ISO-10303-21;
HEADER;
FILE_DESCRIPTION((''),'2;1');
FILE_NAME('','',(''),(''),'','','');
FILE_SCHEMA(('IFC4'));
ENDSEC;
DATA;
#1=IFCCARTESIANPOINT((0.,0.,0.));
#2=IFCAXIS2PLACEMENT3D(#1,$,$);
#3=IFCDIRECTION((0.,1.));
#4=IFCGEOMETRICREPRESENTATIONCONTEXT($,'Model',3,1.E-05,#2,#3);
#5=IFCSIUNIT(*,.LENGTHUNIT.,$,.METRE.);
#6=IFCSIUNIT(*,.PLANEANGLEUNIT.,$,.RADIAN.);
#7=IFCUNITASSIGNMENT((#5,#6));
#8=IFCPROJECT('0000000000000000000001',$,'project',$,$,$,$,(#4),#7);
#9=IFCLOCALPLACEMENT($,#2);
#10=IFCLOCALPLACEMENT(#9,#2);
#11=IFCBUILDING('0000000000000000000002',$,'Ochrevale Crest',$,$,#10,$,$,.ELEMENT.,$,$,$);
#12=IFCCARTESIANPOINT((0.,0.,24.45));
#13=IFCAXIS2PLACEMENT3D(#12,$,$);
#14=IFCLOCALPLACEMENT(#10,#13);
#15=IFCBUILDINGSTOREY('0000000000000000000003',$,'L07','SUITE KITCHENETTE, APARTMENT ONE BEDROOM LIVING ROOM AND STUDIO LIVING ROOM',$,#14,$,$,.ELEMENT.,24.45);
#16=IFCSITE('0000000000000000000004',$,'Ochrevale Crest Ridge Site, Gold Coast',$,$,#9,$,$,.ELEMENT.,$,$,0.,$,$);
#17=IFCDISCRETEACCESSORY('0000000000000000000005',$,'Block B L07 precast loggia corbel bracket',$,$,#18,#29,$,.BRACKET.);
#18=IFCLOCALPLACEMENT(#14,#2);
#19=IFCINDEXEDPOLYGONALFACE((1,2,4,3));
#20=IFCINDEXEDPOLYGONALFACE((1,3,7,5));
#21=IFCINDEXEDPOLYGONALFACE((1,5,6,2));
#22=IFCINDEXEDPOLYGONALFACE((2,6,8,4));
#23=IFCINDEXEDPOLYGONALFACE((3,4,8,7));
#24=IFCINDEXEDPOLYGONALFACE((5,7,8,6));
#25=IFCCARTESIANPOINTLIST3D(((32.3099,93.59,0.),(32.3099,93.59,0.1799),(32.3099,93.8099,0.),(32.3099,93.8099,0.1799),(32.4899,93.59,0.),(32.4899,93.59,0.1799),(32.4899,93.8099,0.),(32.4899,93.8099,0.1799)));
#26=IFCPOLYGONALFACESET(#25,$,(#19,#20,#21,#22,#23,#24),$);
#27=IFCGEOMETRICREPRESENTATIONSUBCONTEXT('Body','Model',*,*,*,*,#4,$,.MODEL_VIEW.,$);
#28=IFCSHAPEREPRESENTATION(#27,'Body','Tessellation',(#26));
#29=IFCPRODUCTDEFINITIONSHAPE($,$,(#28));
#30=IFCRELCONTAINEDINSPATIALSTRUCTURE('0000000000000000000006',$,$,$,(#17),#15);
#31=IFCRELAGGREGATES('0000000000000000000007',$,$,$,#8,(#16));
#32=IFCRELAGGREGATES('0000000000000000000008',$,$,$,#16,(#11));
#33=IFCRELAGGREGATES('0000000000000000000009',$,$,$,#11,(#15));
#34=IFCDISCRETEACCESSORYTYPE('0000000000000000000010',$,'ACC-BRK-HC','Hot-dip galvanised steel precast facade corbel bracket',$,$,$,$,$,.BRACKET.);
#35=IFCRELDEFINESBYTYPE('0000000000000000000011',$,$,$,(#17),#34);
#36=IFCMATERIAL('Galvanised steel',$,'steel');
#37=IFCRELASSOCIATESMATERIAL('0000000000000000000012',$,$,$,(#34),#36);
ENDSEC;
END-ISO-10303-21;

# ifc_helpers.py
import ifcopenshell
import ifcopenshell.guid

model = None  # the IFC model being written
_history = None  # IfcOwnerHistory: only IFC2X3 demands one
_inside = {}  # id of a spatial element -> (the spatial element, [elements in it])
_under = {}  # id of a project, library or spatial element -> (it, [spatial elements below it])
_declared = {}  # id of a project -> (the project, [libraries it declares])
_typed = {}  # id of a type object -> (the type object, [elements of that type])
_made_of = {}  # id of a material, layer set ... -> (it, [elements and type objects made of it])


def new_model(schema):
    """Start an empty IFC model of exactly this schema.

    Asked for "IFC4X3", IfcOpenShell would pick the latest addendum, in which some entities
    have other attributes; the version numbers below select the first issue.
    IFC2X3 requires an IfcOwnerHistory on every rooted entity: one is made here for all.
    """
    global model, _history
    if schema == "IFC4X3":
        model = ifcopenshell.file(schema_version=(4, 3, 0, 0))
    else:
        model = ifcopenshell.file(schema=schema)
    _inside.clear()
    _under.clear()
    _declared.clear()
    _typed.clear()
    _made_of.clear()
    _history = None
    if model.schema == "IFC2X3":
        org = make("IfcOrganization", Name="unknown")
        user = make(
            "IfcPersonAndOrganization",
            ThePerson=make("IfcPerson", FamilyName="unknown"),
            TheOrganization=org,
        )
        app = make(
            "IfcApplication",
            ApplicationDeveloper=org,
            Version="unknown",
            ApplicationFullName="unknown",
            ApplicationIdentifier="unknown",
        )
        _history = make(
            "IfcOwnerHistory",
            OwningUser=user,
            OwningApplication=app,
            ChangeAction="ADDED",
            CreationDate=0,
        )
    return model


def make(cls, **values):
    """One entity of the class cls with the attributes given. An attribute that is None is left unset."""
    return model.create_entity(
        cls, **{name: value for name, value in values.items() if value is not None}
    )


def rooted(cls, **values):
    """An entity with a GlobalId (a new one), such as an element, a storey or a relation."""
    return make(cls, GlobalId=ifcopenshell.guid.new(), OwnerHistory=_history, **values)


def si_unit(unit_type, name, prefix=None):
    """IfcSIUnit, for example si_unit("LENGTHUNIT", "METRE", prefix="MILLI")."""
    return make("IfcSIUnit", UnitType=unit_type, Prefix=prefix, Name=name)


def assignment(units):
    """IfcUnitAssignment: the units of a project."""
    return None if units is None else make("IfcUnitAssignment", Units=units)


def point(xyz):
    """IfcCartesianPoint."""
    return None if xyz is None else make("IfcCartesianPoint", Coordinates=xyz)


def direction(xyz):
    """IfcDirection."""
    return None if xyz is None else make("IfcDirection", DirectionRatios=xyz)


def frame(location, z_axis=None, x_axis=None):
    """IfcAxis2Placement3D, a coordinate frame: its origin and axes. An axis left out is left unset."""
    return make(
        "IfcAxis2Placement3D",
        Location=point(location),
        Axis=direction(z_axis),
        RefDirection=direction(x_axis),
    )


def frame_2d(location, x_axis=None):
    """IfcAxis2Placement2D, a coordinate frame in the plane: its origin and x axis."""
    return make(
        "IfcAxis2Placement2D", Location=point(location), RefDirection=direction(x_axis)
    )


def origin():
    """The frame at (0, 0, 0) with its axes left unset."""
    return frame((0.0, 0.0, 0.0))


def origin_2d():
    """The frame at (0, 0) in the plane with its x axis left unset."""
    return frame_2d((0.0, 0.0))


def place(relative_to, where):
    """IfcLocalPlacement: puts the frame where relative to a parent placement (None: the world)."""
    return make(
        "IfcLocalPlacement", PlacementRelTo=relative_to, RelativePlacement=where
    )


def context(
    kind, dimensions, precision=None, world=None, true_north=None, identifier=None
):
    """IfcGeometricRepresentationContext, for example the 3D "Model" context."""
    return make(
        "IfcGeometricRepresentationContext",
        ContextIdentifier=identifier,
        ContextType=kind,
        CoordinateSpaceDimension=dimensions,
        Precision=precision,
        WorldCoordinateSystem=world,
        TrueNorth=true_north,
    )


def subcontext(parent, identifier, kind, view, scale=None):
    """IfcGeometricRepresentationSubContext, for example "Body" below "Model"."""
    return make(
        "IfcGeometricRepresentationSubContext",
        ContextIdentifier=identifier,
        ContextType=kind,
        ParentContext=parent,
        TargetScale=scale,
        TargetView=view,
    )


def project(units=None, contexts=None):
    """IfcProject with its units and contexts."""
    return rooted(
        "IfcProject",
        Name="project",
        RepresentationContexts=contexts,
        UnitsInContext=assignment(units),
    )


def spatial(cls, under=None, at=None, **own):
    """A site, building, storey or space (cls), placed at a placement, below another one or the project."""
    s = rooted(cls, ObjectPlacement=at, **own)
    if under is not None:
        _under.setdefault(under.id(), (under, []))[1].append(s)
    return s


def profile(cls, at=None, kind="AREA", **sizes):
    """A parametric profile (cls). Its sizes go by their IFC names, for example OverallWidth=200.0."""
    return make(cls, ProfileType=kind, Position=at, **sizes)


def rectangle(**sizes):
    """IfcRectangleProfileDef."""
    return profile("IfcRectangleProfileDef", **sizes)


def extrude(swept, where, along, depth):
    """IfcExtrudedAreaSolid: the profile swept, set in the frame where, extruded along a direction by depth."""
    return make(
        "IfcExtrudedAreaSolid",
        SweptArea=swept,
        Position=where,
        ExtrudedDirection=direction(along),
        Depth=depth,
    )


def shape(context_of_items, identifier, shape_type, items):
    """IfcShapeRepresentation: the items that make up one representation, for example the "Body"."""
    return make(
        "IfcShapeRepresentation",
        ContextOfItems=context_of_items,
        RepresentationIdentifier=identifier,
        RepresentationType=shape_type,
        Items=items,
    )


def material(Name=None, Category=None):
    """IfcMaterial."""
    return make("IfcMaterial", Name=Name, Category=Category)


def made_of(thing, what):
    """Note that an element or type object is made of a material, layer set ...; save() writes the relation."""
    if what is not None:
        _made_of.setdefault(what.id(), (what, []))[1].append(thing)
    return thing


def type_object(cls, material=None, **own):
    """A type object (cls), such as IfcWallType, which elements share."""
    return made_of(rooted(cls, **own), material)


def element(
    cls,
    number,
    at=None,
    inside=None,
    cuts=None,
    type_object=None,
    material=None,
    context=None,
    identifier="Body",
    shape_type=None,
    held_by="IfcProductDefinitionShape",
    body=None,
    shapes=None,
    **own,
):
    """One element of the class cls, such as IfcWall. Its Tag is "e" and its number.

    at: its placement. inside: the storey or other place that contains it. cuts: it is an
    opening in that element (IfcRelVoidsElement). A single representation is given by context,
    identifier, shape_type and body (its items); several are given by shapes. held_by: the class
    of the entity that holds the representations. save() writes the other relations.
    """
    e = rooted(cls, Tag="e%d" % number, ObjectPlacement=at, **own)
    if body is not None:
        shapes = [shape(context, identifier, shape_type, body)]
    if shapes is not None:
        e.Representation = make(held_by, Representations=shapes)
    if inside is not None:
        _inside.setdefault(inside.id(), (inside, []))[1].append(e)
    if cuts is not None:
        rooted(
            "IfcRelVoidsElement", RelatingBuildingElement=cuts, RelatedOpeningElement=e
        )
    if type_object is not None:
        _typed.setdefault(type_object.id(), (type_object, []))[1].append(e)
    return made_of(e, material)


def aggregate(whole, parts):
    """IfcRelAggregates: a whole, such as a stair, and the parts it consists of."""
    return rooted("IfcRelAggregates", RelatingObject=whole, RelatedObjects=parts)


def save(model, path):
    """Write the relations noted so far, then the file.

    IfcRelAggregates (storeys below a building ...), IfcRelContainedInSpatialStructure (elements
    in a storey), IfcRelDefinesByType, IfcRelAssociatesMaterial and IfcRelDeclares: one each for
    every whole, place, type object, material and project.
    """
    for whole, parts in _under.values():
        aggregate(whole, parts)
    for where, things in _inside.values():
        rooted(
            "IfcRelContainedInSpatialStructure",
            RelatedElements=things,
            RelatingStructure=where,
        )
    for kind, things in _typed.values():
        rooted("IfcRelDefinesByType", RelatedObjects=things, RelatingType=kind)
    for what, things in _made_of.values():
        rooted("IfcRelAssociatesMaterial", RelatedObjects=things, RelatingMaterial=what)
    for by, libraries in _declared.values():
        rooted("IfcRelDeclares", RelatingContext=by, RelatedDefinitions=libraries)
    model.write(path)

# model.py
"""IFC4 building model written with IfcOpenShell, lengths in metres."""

from ifc_helpers import new_model, si_unit, direction, frame, origin, origin_2d, place, context, subcontext, project, spatial, rectangle, extrude, material, type_object, element, save


model = new_model("IFC4")

# Units and contexts
model_context = context("Model", 3, precision=1e-05, world=origin(), true_north=direction((0.0, 1.0)))
body_context = subcontext(model_context, "Body", "Model", "MODEL_VIEW")
ifc_project = project(units=[si_unit("LENGTHUNIT", "METRE"), si_unit("PLANEANGLEUNIT", "RADIAN")], contexts=[model_context])

# Site, building, storey
site_placement = place(None, origin())
site = spatial("IfcSite", under=ifc_project, at=site_placement, Name="Ochrevale Crest Ridge Site, Gold Coast", CompositionType="ELEMENT", RefElevation=0.0)
building_placement = place(site_placement, origin())
building = spatial("IfcBuilding", under=site, at=building_placement, Name="Ochrevale Crest", CompositionType="ELEMENT")
storey_placement = place(building_placement, frame((0.0, 0.0, 24.45)))
storey = spatial("IfcBuildingStorey", under=building, at=storey_placement, Name="L07", Description="SUITE KITCHENETTE, APARTMENT ONE BEDROOM LIVING ROOM AND STUDIO LIVING ROOM", CompositionType="ELEMENT", Elevation=24.45)

# Shared definitions
ifc_material_1 = material(Name="Galvanised steel", Category="steel")

# Discrete accessory
discrete_accessory_type = type_object("IfcDiscreteAccessoryType", Name="ACC-BRK-HC", Description="Hot-dip galvanised steel precast facade corbel bracket", PredefinedType="BRACKET", material=ifc_material_1)
discrete_accessory_placement = place(storey_placement, frame((32.3999, 93.7, 0.0), z_axis=(0.0, 0.0, 1.0), x_axis=(1.0, 0.0, 0.0)))
element("IfcDiscreteAccessory", 1, at=discrete_accessory_placement, inside=storey, type_object=discrete_accessory_type, Name="Block B L07 precast loggia corbel bracket", PredefinedType="BRACKET", context=body_context, shape_type="SweptSolid", body=[
    extrude(rectangle(XDim=0.1799, YDim=0.22, at=origin_2d()), origin(), (0.0, 0.0, 1.0), 0.1799),
])

save(model, "model.ifc")
